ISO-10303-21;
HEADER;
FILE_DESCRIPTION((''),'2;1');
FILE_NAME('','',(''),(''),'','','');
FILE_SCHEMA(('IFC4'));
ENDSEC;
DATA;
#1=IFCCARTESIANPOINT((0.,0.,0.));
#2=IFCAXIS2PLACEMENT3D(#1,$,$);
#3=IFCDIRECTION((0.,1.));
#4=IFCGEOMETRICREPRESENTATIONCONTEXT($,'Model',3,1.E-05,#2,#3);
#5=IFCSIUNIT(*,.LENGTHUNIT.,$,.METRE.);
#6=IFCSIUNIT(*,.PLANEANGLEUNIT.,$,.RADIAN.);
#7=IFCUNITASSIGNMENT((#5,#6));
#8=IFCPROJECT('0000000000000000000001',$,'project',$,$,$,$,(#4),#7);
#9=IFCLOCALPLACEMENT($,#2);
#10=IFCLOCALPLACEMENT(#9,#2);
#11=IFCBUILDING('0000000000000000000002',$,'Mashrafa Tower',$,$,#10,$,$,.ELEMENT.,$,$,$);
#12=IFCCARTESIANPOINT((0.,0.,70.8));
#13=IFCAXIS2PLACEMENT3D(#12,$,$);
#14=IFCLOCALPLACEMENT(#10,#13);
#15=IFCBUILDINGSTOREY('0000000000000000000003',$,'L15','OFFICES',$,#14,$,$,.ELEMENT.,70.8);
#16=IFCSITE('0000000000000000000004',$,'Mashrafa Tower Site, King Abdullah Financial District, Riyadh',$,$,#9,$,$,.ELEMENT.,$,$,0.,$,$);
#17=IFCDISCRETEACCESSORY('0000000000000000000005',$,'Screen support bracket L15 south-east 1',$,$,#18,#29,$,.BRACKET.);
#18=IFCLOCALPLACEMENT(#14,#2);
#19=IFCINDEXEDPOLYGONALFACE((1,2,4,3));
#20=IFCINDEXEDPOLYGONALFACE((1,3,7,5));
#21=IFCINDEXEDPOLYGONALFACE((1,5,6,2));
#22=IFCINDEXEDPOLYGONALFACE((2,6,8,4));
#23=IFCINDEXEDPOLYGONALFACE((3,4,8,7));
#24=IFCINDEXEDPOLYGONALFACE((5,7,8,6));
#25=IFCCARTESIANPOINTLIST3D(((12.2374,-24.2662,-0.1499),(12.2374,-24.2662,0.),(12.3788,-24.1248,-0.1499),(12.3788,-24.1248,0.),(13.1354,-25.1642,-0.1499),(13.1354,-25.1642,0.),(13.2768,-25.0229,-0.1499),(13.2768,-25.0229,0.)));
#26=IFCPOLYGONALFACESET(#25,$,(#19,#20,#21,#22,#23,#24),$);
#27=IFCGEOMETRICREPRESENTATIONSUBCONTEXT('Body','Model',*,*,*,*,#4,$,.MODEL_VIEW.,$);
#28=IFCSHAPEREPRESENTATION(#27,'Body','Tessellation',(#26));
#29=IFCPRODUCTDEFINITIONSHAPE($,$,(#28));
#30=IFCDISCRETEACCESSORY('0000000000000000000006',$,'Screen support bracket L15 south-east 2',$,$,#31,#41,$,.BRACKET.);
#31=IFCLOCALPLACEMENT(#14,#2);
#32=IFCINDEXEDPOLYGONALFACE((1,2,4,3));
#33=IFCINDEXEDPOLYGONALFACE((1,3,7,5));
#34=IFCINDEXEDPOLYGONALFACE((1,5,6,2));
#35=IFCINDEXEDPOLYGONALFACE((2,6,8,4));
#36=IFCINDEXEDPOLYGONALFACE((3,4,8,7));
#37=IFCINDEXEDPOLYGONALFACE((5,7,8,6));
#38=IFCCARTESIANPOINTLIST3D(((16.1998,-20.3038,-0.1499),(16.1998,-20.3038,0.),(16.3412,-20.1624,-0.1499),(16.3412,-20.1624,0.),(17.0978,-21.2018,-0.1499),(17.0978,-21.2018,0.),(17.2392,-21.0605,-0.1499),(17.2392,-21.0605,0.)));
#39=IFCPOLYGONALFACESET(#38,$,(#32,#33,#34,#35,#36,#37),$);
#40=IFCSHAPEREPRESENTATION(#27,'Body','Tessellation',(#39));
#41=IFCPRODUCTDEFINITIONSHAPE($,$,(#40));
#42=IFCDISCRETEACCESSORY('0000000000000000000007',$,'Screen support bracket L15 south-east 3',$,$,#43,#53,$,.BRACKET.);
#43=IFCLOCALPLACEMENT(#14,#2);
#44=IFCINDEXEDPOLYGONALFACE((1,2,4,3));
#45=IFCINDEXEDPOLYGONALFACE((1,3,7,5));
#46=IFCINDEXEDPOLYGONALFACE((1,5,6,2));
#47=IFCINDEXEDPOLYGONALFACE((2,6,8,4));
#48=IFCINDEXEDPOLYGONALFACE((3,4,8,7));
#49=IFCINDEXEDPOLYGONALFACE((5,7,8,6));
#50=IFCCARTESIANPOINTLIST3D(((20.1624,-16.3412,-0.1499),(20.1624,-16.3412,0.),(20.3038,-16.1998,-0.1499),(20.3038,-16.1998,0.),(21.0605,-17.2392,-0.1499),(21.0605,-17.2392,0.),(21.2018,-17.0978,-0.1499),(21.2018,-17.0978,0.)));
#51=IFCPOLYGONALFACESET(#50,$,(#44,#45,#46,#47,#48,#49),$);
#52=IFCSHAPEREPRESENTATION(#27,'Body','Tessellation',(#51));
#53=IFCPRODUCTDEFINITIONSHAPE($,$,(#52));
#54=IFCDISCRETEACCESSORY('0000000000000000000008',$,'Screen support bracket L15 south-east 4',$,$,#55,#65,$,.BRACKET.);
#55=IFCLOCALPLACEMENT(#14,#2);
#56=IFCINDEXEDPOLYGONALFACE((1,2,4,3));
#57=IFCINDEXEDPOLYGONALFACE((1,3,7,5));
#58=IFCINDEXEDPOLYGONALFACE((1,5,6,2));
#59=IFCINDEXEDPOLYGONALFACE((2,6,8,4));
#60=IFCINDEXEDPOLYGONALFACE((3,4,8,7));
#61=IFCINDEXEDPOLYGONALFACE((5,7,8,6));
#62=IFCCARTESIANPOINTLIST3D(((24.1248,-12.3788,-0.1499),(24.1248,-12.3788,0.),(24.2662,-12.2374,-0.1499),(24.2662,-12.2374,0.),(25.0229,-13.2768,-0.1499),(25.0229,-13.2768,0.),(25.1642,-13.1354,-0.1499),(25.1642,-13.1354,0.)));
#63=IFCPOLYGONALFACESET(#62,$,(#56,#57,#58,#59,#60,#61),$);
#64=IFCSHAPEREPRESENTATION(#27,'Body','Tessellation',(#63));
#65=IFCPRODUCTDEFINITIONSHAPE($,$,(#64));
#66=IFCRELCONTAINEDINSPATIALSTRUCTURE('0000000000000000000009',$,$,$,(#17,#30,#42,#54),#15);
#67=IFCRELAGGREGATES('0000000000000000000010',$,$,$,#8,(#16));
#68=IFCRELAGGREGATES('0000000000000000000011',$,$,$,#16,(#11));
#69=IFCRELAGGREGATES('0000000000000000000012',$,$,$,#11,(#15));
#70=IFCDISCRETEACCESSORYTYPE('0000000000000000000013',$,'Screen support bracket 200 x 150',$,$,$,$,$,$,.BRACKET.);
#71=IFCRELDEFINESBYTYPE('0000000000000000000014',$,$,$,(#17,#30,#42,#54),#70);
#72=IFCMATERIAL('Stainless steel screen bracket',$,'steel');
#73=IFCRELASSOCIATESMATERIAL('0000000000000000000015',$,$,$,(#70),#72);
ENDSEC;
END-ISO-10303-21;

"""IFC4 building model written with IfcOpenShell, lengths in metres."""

from ifc_helpers import new_model, si_unit, direction, frame, origin, origin_2d, place, context, subcontext, project, spatial, rectangle, extrude, source, transform, mapped, material, type_object, type_shapes, element, save


model = new_model("IFC4")

# Units and contexts
model_context = context("Model", 3, precision=1e-05, world=origin(), true_north=direction((0.0, 1.0)))
body_context = subcontext(model_context, "Body", "Model", "MODEL_VIEW")
ifc_project = project(units=[si_unit("LENGTHUNIT", "METRE"), si_unit("PLANEANGLEUNIT", "RADIAN")], contexts=[model_context])

# Site, building, storey
site_placement = place(None, origin())
site = spatial("IfcSite", under=ifc_project, at=site_placement, Name="Mashrafa Tower Site, King Abdullah Financial District, Riyadh", CompositionType="ELEMENT", RefElevation=0.0)
building_placement = place(site_placement, origin())
building = spatial("IfcBuilding", under=site, at=building_placement, Name="Mashrafa Tower", CompositionType="ELEMENT")
storey_placement = place(building_placement, frame((0.0, 0.0, 70.8)))
storey = spatial("IfcBuildingStorey", under=building, at=storey_placement, Name="L15", Description="OFFICES", CompositionType="ELEMENT", Elevation=70.8)

# Discrete accessories
ifc_material_1 = material(Name="Stainless steel screen bracket", Category="steel")
discrete_accessory_type = type_object("IfcDiscreteAccessoryType", Name="Screen support bracket 200 x 150", PredefinedType="BRACKET", material=ifc_material_1)
shared_shape_1 = source(origin(), body_context, "Body", "SweptSolid", [
    extrude(rectangle(XDim=0.2, YDim=1.27, at=origin_2d()), origin(), (0.0, 0.0, 1.0), 0.1499),
])
type_shapes(discrete_accessory_type, [shared_shape_1])
for number, where, z_axis, x_axis, name in (
    (1, (12.7571, -24.6445, -0.1499), (0.0, 0.0, 1.0), (0.707107, 0.707107, 0.0), "Screen support bracket L15 south-east 1"),
    (2, (16.7195, -20.6821, -0.1499), (0.0, 0.0, 1.0), (0.707107, 0.707107, 0.0), "Screen support bracket L15 south-east 2"),
    (3, (20.6821, -16.7195, -0.1499), (0.0, 0.0, 1.0), (0.707107, 0.707107, 0.0), "Screen support bracket L15 south-east 3"),
    (4, (24.6445, -12.7571, -0.1499), (0.0, 0.0, 1.0), (0.707107, 0.707107, 0.0), "Screen support bracket L15 south-east 4"),
):
    element("IfcDiscreteAccessory", number, at=place(storey_placement, frame(where, z_axis=z_axis, x_axis=x_axis)), inside=storey, type_object=discrete_accessory_type, Name=name, PredefinedType="BRACKET", context=body_context, shape_type="MappedRepresentation", body=[
        mapped(shared_shape_1, transform((0.0, 0.0, 0.0))),
    ])

save(model, "model.ifc")
